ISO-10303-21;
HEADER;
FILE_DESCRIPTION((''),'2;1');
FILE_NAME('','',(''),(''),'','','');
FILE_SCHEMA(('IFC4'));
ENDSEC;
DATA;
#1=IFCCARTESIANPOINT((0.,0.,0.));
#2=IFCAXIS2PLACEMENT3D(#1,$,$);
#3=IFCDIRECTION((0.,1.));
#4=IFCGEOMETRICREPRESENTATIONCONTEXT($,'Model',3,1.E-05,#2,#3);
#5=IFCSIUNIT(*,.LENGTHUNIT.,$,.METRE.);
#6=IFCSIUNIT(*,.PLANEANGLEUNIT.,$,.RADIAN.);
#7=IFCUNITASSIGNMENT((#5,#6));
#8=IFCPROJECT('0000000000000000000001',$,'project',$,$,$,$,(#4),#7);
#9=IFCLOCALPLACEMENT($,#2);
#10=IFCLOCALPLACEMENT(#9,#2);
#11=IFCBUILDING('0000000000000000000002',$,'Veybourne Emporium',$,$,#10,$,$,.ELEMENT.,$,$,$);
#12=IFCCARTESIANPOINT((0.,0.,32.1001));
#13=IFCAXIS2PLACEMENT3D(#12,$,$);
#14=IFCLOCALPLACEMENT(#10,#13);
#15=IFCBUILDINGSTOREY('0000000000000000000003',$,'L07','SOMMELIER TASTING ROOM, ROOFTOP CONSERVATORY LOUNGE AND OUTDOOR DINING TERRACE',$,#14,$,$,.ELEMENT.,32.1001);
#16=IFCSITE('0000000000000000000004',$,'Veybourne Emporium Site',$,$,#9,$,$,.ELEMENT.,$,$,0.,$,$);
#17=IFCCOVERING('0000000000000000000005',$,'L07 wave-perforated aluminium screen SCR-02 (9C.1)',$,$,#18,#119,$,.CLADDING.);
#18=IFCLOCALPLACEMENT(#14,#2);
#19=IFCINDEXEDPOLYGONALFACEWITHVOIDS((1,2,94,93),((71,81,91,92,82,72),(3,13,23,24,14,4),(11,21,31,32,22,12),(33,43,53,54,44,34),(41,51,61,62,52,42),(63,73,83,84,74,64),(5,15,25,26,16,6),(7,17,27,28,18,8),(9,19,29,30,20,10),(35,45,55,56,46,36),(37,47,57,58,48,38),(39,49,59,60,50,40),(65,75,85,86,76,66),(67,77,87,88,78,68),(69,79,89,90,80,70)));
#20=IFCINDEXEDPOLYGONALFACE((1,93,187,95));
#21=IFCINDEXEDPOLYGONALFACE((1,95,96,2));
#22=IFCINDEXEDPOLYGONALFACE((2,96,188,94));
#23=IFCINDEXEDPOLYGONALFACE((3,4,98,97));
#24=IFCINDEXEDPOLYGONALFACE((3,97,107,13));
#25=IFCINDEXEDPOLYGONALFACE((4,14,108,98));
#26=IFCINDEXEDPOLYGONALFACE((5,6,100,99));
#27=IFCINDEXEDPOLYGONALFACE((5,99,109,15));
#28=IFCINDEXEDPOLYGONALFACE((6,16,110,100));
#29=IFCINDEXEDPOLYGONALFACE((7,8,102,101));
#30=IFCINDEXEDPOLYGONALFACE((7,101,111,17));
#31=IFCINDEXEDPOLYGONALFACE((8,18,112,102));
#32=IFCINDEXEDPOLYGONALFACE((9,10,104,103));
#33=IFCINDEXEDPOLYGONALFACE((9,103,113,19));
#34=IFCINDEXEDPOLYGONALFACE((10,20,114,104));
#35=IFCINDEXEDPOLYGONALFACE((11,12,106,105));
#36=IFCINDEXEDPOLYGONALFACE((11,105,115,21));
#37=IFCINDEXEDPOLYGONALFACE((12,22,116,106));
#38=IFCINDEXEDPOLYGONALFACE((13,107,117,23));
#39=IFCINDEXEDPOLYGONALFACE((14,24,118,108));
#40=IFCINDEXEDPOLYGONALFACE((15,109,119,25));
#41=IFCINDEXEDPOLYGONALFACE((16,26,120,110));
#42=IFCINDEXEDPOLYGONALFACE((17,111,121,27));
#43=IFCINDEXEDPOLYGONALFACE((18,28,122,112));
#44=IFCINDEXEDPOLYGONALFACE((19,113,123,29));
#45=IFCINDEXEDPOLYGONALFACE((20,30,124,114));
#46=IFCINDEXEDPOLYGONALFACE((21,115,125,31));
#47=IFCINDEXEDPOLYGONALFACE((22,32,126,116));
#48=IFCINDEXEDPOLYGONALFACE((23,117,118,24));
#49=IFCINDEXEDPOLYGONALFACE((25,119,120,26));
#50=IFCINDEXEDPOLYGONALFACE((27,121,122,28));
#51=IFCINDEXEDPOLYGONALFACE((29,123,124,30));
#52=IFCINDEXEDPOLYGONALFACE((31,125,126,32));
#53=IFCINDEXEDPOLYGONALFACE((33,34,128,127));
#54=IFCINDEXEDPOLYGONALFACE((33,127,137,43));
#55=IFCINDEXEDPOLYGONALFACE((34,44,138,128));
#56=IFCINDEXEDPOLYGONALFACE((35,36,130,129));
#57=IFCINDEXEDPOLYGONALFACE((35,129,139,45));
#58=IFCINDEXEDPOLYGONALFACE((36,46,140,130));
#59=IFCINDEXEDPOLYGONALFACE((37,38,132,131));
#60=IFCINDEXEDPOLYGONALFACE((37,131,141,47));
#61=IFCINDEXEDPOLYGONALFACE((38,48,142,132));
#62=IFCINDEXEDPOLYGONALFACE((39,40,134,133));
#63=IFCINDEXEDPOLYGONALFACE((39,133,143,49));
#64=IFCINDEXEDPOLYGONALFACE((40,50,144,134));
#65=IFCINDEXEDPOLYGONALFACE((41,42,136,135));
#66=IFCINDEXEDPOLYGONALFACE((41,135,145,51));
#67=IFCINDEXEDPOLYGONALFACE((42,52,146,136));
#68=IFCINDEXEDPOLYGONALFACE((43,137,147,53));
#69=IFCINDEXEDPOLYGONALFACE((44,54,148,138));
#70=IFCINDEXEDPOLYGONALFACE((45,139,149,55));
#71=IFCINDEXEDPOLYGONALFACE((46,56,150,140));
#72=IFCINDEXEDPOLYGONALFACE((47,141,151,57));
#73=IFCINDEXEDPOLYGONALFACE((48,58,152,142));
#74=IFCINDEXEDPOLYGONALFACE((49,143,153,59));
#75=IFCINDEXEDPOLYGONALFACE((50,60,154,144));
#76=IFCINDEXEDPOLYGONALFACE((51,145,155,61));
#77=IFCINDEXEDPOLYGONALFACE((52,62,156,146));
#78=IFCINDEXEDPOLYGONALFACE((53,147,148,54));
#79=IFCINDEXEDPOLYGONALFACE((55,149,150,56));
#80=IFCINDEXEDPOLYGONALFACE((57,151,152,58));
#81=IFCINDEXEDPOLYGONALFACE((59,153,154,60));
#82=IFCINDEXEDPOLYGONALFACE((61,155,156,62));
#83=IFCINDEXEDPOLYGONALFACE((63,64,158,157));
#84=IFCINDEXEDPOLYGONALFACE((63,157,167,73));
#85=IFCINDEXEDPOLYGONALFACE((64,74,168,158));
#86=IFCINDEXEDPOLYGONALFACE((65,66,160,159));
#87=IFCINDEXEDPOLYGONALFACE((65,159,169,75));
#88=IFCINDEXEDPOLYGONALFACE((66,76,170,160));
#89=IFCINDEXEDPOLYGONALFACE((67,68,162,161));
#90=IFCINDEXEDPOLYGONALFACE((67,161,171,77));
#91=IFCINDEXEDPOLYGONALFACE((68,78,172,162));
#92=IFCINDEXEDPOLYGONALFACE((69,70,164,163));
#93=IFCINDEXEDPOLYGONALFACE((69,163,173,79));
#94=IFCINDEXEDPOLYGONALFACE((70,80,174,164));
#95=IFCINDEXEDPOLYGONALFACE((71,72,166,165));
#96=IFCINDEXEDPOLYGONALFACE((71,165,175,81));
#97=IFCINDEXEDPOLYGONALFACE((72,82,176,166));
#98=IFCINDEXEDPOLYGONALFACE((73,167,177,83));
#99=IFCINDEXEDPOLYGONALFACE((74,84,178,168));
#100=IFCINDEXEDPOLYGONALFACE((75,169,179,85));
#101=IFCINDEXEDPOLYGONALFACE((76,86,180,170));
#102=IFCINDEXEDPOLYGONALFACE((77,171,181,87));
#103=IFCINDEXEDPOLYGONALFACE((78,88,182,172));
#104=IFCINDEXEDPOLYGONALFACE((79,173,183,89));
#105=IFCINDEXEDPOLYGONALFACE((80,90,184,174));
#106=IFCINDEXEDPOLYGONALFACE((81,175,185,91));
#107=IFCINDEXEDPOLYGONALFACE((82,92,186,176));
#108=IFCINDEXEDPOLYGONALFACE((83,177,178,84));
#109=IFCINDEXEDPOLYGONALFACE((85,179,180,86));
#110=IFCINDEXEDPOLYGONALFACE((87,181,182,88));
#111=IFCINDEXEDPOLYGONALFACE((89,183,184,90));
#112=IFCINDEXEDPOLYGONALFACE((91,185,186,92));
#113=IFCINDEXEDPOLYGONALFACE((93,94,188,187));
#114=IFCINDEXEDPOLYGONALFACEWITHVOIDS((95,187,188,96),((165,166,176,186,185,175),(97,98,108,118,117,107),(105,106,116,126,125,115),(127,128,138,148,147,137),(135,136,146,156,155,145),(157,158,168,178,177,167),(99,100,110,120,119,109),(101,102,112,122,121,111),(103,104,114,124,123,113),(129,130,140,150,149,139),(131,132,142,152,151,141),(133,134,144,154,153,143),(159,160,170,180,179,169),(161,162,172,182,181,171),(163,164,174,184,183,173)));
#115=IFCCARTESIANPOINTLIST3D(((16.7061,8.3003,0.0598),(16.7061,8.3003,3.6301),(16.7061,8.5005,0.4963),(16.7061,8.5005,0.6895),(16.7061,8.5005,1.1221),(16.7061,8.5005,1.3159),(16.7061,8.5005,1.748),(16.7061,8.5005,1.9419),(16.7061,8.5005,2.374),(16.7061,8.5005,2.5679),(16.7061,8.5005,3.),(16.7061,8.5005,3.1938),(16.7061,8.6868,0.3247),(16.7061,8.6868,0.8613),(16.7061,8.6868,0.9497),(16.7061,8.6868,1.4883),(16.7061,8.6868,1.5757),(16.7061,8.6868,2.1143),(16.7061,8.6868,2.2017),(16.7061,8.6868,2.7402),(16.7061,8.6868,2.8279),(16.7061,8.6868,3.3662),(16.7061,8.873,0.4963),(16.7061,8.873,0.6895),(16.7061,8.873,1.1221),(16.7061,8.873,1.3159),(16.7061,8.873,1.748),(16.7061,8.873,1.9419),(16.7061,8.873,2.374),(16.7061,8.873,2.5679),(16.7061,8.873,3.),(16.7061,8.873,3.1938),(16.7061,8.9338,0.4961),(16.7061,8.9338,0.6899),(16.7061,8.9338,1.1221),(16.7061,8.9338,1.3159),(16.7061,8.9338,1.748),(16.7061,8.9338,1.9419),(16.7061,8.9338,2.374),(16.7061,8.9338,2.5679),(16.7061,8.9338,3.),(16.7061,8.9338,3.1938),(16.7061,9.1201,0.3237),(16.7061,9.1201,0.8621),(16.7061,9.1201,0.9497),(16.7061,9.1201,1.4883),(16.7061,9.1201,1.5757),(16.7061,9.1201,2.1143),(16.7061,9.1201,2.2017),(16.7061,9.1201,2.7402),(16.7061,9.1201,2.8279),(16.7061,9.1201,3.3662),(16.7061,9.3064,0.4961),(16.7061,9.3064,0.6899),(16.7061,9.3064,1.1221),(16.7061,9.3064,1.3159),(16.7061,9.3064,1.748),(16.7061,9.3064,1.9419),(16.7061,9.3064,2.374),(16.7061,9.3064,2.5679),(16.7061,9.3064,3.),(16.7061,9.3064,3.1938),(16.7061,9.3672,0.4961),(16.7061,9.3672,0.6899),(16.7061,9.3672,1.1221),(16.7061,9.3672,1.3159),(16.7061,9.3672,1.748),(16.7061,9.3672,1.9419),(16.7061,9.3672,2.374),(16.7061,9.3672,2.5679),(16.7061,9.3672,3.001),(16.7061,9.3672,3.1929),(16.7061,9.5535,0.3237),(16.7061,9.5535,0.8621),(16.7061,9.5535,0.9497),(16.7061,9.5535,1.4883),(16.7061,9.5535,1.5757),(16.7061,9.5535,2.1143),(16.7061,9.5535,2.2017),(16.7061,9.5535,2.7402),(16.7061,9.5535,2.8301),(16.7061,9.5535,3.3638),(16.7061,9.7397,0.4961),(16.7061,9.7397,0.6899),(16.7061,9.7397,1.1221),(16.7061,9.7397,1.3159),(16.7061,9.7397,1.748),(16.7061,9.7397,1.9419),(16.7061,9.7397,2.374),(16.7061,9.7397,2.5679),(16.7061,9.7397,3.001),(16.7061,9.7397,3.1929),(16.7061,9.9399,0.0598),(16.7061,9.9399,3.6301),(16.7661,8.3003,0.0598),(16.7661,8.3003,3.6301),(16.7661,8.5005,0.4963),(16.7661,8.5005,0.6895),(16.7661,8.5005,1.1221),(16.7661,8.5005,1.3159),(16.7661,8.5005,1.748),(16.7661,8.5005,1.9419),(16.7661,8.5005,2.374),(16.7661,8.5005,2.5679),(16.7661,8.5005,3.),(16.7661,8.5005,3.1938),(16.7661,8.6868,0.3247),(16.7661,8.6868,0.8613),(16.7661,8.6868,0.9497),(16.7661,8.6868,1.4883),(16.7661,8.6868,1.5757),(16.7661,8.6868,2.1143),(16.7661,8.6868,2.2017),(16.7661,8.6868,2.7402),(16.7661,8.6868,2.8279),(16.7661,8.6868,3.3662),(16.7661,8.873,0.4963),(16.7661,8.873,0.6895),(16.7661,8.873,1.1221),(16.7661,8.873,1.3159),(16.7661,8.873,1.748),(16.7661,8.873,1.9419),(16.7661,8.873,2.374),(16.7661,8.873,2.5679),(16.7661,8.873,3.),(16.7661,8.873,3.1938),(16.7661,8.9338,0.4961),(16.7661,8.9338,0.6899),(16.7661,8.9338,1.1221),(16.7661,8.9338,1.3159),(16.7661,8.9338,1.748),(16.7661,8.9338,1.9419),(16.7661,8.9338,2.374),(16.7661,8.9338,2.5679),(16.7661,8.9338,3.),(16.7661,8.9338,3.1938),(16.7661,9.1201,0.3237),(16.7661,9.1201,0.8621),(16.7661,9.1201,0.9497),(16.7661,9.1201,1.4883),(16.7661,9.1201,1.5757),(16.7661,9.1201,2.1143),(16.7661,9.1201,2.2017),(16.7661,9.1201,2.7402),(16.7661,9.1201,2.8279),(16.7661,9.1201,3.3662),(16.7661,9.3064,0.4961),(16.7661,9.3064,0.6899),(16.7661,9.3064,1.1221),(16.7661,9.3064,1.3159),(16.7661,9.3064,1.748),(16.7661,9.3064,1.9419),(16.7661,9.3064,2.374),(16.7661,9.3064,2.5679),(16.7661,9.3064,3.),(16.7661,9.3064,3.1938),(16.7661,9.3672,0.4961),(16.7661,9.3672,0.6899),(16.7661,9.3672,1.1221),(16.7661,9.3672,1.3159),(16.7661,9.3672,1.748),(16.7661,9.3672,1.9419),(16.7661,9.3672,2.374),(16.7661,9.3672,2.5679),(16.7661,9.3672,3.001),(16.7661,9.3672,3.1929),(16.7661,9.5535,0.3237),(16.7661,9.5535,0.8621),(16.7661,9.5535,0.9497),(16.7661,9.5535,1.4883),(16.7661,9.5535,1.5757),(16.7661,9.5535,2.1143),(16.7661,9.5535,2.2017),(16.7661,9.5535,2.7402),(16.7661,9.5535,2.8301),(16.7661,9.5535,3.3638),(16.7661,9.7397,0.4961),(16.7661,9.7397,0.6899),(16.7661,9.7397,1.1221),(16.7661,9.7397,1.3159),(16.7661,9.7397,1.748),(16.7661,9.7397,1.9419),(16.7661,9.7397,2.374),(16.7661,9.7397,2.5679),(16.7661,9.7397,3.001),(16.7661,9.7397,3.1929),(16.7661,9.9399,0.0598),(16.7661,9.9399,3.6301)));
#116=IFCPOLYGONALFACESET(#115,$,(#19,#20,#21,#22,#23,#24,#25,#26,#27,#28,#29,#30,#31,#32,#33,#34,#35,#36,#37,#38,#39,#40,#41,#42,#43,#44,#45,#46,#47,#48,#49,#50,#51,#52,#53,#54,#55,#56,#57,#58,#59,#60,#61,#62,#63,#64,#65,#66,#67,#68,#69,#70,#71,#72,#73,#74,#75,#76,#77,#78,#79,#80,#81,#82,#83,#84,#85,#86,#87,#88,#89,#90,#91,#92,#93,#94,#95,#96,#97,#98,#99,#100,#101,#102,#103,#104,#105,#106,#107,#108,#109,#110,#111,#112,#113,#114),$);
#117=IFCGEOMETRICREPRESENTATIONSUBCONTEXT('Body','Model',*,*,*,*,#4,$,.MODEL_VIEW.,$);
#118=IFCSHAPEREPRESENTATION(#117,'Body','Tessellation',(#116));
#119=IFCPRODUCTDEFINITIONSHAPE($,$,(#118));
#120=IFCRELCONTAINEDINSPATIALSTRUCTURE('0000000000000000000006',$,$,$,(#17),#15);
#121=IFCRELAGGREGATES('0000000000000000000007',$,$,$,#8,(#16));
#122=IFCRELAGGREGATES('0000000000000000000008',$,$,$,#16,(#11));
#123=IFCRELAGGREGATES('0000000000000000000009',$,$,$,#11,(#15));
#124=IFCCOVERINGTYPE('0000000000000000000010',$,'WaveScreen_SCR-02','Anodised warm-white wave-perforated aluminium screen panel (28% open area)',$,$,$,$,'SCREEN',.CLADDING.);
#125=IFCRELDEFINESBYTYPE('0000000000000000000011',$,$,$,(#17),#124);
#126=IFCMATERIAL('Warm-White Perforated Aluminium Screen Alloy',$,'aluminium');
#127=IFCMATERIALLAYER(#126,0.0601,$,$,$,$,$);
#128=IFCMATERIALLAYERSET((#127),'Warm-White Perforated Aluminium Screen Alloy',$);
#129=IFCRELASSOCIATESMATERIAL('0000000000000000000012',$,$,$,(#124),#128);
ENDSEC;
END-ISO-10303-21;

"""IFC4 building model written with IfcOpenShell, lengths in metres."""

from ifc_helpers import new_model, si_unit, direction, frame, origin, place, context, subcontext, project, spatial, polyline, outline, extrude, material, layer, layer_set, type_object, element, save


model = new_model("IFC4")

# Units and contexts
model_context = context("Model", 3, precision=1e-05, world=origin(), true_north=direction((0.0, 1.0)))
body_context = subcontext(model_context, "Body", "Model", "MODEL_VIEW")
ifc_project = project(units=[si_unit("LENGTHUNIT", "METRE"), si_unit("PLANEANGLEUNIT", "RADIAN")], contexts=[model_context])

# Site, building, storey
site_placement = place(None, origin())
site = spatial("IfcSite", under=ifc_project, at=site_placement, Name="Veybourne Emporium Site", CompositionType="ELEMENT", RefElevation=0.0)
building_placement = place(site_placement, origin())
building = spatial("IfcBuilding", under=site, at=building_placement, Name="Veybourne Emporium", CompositionType="ELEMENT")
storey_placement = place(building_placement, frame((0.0, 0.0, 32.1001)))
storey = spatial("IfcBuildingStorey", under=building, at=storey_placement, Name="L07", Description="SOMMELIER TASTING ROOM, ROOFTOP CONSERVATORY LOUNGE AND OUTDOOR DINING TERRACE", CompositionType="ELEMENT", Elevation=32.1001)

# Covering
ifc_material_1 = material(Name="Warm-White Perforated Aluminium Screen Alloy", Category="aluminium")
ifc_layer_1 = layer(ifc_material_1, 0.0601)
ifc_layer_set_1 = layer_set([ifc_layer_1], Name="Warm-White Perforated Aluminium Screen Alloy")
covering_type_1 = type_object("IfcCoveringType", Name="WaveScreen_SCR-02", Description="Anodised warm-white wave-perforated aluminium screen panel (28% open area)", ElementType="SCREEN", PredefinedType="CLADDING", material=ifc_layer_set_1)
covering_1_placement = place(storey_placement, frame((16.7061, 9.1201, 1.845), z_axis=(1.0, 0.0, 0.0), x_axis=(0.0, 1.0, 0.0)))
element("IfcCovering", 1, at=covering_1_placement, inside=storey, type_object=covering_type_1, Name="L07 wave-perforated aluminium screen SCR-02 (9C.1)", PredefinedType="CLADDING", context=body_context, shape_type="SweptSolid", body=[
    extrude(outline(polyline([(-0.8198, -1.7852), (0.8198, -1.7852), (0.8198, 1.7852), (-0.8198, 1.7852), (-0.8198, -1.7852)]), holes=[polyline([(-0.4333, -0.9836), (-0.2471, -1.1555), (-0.2471, -1.3486), (-0.4333, -1.5203), (-0.6196, -1.3486), (-0.6196, -1.1555), (-0.4333, -0.9836)]), polyline([(-0.4333, -0.3567), (-0.2471, -0.5291), (-0.2471, -0.7229), (-0.4333, -0.8953), (-0.6196, -0.7229), (-0.6196, -0.5291), (-0.4333, -0.3567)]), polyline([(-0.4333, 0.2693), (-0.2471, 0.0969), (-0.2471, -0.0969), (-0.4333, -0.2693), (-0.6196, -0.0969), (-0.6196, 0.0969), (-0.4333, 0.2693)]), polyline([(-0.4333, 0.8953), (-0.2471, 0.7229), (-0.2471, 0.5291), (-0.4333, 0.3567), (-0.6196, 0.5291), (-0.6196, 0.7229), (-0.4333, 0.8953)]), polyline([(-0.4333, 1.5212), (-0.2471, 1.3489), (-0.2471, 1.155), (-0.4333, 0.9829), (-0.6196, 1.155), (-0.6196, 1.3489), (-0.4333, 1.5212)]), polyline([(0.0, -0.9829), (0.1863, -1.155), (0.1863, -1.3489), (0.0, -1.5212), (-0.1863, -1.3489), (-0.1863, -1.155), (0.0, -0.9829)]), polyline([(0.0, -0.3567), (0.1863, -0.5291), (0.1863, -0.7229), (0.0, -0.8953), (-0.1863, -0.7229), (-0.1863, -0.5291), (0.0, -0.3567)]), polyline([(0.0, 0.2693), (0.1863, 0.0969), (0.1863, -0.0969), (0.0, -0.2693), (-0.1863, -0.0969), (-0.1863, 0.0969), (0.0, 0.2693)]), polyline([(0.0, 0.8953), (0.1863, 0.7229), (0.1863, 0.5291), (0.0, 0.3567), (-0.1863, 0.5291), (-0.1863, 0.7229), (0.0, 0.8953)]), polyline([(0.0, 1.5212), (0.1863, 1.3489), (0.1863, 1.155), (0.0, 0.9829), (-0.1863, 1.155), (-0.1863, 1.3489), (0.0, 1.5212)]), polyline([(0.4333, -0.9829), (0.6196, -1.155), (0.6196, -1.3489), (0.4333, -1.5212), (0.2471, -1.3489), (0.2471, -1.155), (0.4333, -0.9829)]), polyline([(0.4333, -0.3567), (0.6196, -0.5291), (0.6196, -0.7229), (0.4333, -0.8953), (0.2471, -0.7229), (0.2471, -0.5291), (0.4333, -0.3567)]), polyline([(0.4333, 0.2693), (0.6196, 0.0969), (0.6196, -0.0969), (0.4333, -0.2693), (0.2471, -0.0969), (0.2471, 0.0969), (0.4333, 0.2693)]), polyline([(0.4333, 0.8953), (0.6196, 0.7229), (0.6196, 0.5291), (0.4333, 0.3567), (0.2471, 0.5291), (0.2471, 0.7229), (0.4333, 0.8953)]), polyline([(0.4333, 1.5188), (0.6196, 1.3479), (0.6196, 1.156), (0.4333, 0.9851), (0.2471, 1.156), (0.2471, 1.3479), (0.4333, 1.5188)])]), origin(), (0.0, 0.0, 1.0), 0.0601),
])

save(model, "model.ifc")
